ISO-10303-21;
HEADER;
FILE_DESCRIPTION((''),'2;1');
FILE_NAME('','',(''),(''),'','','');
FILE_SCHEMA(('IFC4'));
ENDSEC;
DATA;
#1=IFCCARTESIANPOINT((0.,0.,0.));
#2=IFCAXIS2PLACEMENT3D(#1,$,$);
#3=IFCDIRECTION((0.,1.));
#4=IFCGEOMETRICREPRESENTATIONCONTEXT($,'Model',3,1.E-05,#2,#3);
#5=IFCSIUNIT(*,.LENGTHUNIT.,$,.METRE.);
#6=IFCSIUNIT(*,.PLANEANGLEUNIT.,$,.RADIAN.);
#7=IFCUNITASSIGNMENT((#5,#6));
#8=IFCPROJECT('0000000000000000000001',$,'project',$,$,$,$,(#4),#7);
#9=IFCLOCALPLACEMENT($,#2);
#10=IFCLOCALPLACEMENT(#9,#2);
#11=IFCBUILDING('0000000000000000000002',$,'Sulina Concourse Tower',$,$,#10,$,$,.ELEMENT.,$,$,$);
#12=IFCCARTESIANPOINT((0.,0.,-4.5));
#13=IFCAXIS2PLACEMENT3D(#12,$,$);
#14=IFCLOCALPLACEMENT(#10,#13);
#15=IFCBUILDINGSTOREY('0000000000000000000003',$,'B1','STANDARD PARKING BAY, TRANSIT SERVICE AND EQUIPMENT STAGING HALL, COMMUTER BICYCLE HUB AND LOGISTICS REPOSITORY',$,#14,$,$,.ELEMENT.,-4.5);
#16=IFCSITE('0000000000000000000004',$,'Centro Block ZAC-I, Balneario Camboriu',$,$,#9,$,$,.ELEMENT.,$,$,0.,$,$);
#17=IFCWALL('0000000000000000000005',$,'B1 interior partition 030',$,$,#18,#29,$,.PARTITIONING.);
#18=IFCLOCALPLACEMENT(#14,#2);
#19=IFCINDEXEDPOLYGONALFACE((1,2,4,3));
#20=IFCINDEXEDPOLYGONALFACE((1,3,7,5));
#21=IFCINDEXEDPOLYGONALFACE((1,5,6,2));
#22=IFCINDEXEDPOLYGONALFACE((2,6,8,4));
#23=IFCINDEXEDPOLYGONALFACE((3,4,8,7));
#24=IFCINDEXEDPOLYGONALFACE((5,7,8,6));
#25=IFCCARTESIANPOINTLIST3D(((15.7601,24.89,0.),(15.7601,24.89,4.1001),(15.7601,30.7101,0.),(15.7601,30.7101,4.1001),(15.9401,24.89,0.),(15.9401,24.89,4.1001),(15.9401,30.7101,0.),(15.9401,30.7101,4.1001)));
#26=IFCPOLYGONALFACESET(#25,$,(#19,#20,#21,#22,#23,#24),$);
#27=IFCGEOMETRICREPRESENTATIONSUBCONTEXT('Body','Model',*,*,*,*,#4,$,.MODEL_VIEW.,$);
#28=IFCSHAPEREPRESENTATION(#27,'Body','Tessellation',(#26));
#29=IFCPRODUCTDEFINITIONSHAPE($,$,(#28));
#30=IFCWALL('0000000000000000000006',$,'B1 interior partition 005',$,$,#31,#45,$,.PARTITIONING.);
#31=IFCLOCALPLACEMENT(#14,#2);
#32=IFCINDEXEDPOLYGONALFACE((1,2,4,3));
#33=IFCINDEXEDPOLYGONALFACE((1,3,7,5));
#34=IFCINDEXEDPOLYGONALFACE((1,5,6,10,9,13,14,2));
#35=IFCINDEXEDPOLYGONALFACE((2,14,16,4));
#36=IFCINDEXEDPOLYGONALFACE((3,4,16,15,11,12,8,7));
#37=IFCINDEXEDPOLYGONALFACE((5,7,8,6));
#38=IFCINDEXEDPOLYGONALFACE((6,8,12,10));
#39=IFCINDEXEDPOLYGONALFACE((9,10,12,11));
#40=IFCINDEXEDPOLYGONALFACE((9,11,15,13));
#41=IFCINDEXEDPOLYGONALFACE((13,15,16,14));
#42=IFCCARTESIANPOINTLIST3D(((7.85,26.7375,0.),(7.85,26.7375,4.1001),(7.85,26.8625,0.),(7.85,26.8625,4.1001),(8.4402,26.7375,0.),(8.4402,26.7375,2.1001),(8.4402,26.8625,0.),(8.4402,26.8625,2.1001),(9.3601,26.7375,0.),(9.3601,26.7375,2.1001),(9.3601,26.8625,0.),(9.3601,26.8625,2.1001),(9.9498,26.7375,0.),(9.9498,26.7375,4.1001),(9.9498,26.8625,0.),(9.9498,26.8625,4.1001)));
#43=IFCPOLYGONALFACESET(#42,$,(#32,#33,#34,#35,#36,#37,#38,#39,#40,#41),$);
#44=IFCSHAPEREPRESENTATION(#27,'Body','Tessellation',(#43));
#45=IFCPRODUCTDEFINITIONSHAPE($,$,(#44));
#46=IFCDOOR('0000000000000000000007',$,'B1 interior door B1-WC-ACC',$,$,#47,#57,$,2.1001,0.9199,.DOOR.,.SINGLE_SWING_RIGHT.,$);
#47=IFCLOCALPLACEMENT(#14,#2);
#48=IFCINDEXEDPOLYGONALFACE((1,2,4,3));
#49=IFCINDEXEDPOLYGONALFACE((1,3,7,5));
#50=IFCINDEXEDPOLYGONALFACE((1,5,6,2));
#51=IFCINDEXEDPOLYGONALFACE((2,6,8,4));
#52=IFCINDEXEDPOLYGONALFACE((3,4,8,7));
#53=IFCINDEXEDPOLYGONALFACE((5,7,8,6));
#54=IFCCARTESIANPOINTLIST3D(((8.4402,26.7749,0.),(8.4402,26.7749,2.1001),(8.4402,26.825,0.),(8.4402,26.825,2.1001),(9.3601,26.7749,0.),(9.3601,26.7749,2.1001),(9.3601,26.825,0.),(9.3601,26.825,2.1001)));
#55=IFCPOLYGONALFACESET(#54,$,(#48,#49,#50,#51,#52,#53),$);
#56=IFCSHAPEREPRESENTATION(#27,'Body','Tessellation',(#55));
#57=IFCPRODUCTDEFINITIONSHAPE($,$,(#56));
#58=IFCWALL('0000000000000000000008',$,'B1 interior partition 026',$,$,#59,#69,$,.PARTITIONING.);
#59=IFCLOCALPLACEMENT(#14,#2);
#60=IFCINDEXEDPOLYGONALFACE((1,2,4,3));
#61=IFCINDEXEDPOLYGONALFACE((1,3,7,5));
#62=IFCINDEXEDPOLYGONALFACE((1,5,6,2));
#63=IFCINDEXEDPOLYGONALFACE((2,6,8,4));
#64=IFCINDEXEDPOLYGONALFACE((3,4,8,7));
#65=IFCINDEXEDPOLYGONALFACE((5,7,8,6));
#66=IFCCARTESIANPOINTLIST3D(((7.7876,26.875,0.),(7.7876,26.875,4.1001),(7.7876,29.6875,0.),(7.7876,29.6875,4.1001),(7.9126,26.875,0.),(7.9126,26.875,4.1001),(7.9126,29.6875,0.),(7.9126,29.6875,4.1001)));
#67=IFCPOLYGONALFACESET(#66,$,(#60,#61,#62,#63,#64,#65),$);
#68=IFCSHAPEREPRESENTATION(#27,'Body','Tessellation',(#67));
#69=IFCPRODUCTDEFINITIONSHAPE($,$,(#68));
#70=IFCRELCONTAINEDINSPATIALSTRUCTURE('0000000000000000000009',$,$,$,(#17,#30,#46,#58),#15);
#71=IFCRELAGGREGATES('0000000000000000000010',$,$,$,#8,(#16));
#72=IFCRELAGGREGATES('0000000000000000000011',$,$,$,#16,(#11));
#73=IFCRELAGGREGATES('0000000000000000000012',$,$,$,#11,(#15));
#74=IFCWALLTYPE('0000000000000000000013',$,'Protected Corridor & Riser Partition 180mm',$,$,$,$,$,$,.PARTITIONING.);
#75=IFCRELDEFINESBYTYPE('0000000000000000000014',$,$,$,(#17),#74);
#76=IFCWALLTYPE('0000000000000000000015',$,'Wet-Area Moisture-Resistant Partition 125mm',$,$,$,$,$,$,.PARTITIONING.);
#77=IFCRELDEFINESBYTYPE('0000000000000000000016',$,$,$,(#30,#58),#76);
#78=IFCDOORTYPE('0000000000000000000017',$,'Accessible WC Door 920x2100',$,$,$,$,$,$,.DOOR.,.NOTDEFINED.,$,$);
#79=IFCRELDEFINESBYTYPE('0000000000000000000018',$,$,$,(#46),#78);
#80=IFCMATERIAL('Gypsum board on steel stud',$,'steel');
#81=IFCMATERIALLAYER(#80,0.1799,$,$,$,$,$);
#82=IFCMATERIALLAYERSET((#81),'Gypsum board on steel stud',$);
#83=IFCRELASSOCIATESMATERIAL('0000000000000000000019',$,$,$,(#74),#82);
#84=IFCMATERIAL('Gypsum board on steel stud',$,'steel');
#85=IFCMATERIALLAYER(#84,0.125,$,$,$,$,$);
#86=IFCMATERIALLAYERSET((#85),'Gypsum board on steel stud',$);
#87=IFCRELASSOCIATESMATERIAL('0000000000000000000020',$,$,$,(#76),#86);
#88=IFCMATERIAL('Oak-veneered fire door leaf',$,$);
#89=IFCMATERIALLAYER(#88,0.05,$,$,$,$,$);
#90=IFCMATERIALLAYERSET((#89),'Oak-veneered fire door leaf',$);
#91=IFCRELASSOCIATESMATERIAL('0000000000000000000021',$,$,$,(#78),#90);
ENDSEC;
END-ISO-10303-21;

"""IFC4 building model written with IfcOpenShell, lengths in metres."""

from ifc_helpers import new_model, si_unit, direction, frame, frame_2d, origin, place, context, subcontext, project, spatial, rectangle, extrude, material, layer, layer_set, type_object, element, fill, save


model = new_model("IFC4")

# Units and contexts
model_context = context("Model", 3, precision=1e-05, world=origin(), true_north=direction((0.0, 1.0)))
body_context = subcontext(model_context, "Body", "Model", "MODEL_VIEW")
ifc_project = project(units=[si_unit("LENGTHUNIT", "METRE"), si_unit("PLANEANGLEUNIT", "RADIAN")], contexts=[model_context])

# Site, building, storey
site_placement = place(None, origin())
site = spatial("IfcSite", under=ifc_project, at=site_placement, Name="Centro Block ZAC-I, Balneario Camboriu", CompositionType="ELEMENT", RefElevation=0.0)
building_placement = place(site_placement, origin())
building = spatial("IfcBuilding", under=site, at=building_placement, Name="Sulina Concourse Tower", CompositionType="ELEMENT")
storey_placement = place(building_placement, frame((0.0, 0.0, -4.5)))
storey = spatial("IfcBuildingStorey", under=building, at=storey_placement, Name="B1", Description="STANDARD PARKING BAY, TRANSIT SERVICE AND EQUIPMENT STAGING HALL, COMMUTER BICYCLE HUB AND LOGISTICS REPOSITORY", CompositionType="ELEMENT", Elevation=-4.5)

# Wall
ifc_material_1 = material(Name="Gypsum board on steel stud", Category="steel")
ifc_layer_1 = layer(ifc_material_1, 0.1799)
ifc_layer_set_1 = layer_set([ifc_layer_1], Name="Gypsum board on steel stud")
wall_type_1 = type_object("IfcWallType", Name="Protected Corridor & Riser Partition 180mm", PredefinedType="PARTITIONING", material=ifc_layer_set_1)
wall_1_placement = place(storey_placement, frame((15.8501, 24.8899, 0.0), z_axis=(0.0, 0.0, 1.0), x_axis=(0.0, 1.0, 0.0)))
element("IfcWall", 1, at=wall_1_placement, inside=storey, type_object=wall_type_1, Name="B1 interior partition 030", PredefinedType="PARTITIONING", context=body_context, shape_type="SweptSolid", body=[
    extrude(rectangle(XDim=5.8201, YDim=0.1799, at=frame_2d((2.9102, 0.0))), origin(), (0.0, 0.0, 1.0), 4.1001),
])

# Wall, opening, door
ifc_material_2 = material(Name="Gypsum board on steel stud", Category="steel")
ifc_layer_2 = layer(ifc_material_2, 0.125)
ifc_layer_set_2 = layer_set([ifc_layer_2], Name="Gypsum board on steel stud")
wall_type_2 = type_object("IfcWallType", Name="Wet-Area Moisture-Resistant Partition 125mm", PredefinedType="PARTITIONING", material=ifc_layer_set_2)
wall_2_placement = place(storey_placement, frame((7.8501, 26.8, 0.0), z_axis=(0.0, 0.0, 1.0), x_axis=(1.0, 0.0, 0.0)))
wall_2 = element("IfcWall", 2, at=wall_2_placement, inside=storey, type_object=wall_type_2, Name="B1 interior partition 005", PredefinedType="PARTITIONING", context=body_context, shape_type="SweptSolid", body=[
    extrude(rectangle(XDim=2.0999, YDim=0.125, at=frame_2d((1.0498, 0.0))), origin(), (0.0, 0.0, 1.0), 4.1001),
])
opening_1_placement = place(wall_2_placement, frame((0.5901, 0.0, 0.0)))
opening_1 = element("IfcOpeningElement", 3, at=opening_1_placement, cuts=wall_2, PredefinedType="OPENING", context=body_context, shape_type="SweptSolid", body=[
    extrude(rectangle(XDim=0.9199, YDim=2.1001, at=frame_2d((0.46, 1.05))), frame((0.0, 0.0725, 0.0), z_axis=(0.0, -1.0, 0.0), x_axis=(1.0, 0.0, 0.0)), (0.0, 0.0, 1.0), 0.145),
])
ifc_material_3 = material(Name="Oak-veneered fire door leaf")
ifc_layer_3 = layer(ifc_material_3, 0.05)
ifc_layer_set_3 = layer_set([ifc_layer_3], Name="Oak-veneered fire door leaf")
door_type_1 = type_object("IfcDoorType", Name="Accessible WC Door 920x2100", OperationType="NOTDEFINED", PredefinedType="DOOR", material=ifc_layer_set_3)
door_1_placement = place(opening_1_placement, origin())
door_1 = element("IfcDoor", 4, at=door_1_placement, inside=storey, type_object=door_type_1, Name="B1 interior door B1-WC-ACC", OperationType="SINGLE_SWING_RIGHT", OverallHeight=2.1001, OverallWidth=0.9199, PredefinedType="DOOR", context=body_context, shape_type="SweptSolid", body=[
    extrude(rectangle(XDim=0.9199, YDim=2.1001, at=frame_2d((0.46, 1.05))), frame((0.0, 0.0249, 0.0), z_axis=(0.0, -1.0, 0.0), x_axis=(1.0, 0.0, 0.0)), (0.0, 0.0, 1.0), 0.05),
])
fill(opening_1, door_1)

# Wall
wall_3_placement = place(storey_placement, frame((7.8501, 26.875, 0.0), z_axis=(0.0, 0.0, 1.0), x_axis=(0.0, 1.0, 0.0)))
element("IfcWall", 5, at=wall_3_placement, inside=storey, type_object=wall_type_2, Name="B1 interior partition 026", PredefinedType="PARTITIONING", context=body_context, shape_type="SweptSolid", body=[
    extrude(rectangle(XDim=2.8125, YDim=0.125, at=frame_2d((1.4062, 0.0))), origin(), (0.0, 0.0, 1.0), 4.1001),
])

save(model, "model.ifc")
